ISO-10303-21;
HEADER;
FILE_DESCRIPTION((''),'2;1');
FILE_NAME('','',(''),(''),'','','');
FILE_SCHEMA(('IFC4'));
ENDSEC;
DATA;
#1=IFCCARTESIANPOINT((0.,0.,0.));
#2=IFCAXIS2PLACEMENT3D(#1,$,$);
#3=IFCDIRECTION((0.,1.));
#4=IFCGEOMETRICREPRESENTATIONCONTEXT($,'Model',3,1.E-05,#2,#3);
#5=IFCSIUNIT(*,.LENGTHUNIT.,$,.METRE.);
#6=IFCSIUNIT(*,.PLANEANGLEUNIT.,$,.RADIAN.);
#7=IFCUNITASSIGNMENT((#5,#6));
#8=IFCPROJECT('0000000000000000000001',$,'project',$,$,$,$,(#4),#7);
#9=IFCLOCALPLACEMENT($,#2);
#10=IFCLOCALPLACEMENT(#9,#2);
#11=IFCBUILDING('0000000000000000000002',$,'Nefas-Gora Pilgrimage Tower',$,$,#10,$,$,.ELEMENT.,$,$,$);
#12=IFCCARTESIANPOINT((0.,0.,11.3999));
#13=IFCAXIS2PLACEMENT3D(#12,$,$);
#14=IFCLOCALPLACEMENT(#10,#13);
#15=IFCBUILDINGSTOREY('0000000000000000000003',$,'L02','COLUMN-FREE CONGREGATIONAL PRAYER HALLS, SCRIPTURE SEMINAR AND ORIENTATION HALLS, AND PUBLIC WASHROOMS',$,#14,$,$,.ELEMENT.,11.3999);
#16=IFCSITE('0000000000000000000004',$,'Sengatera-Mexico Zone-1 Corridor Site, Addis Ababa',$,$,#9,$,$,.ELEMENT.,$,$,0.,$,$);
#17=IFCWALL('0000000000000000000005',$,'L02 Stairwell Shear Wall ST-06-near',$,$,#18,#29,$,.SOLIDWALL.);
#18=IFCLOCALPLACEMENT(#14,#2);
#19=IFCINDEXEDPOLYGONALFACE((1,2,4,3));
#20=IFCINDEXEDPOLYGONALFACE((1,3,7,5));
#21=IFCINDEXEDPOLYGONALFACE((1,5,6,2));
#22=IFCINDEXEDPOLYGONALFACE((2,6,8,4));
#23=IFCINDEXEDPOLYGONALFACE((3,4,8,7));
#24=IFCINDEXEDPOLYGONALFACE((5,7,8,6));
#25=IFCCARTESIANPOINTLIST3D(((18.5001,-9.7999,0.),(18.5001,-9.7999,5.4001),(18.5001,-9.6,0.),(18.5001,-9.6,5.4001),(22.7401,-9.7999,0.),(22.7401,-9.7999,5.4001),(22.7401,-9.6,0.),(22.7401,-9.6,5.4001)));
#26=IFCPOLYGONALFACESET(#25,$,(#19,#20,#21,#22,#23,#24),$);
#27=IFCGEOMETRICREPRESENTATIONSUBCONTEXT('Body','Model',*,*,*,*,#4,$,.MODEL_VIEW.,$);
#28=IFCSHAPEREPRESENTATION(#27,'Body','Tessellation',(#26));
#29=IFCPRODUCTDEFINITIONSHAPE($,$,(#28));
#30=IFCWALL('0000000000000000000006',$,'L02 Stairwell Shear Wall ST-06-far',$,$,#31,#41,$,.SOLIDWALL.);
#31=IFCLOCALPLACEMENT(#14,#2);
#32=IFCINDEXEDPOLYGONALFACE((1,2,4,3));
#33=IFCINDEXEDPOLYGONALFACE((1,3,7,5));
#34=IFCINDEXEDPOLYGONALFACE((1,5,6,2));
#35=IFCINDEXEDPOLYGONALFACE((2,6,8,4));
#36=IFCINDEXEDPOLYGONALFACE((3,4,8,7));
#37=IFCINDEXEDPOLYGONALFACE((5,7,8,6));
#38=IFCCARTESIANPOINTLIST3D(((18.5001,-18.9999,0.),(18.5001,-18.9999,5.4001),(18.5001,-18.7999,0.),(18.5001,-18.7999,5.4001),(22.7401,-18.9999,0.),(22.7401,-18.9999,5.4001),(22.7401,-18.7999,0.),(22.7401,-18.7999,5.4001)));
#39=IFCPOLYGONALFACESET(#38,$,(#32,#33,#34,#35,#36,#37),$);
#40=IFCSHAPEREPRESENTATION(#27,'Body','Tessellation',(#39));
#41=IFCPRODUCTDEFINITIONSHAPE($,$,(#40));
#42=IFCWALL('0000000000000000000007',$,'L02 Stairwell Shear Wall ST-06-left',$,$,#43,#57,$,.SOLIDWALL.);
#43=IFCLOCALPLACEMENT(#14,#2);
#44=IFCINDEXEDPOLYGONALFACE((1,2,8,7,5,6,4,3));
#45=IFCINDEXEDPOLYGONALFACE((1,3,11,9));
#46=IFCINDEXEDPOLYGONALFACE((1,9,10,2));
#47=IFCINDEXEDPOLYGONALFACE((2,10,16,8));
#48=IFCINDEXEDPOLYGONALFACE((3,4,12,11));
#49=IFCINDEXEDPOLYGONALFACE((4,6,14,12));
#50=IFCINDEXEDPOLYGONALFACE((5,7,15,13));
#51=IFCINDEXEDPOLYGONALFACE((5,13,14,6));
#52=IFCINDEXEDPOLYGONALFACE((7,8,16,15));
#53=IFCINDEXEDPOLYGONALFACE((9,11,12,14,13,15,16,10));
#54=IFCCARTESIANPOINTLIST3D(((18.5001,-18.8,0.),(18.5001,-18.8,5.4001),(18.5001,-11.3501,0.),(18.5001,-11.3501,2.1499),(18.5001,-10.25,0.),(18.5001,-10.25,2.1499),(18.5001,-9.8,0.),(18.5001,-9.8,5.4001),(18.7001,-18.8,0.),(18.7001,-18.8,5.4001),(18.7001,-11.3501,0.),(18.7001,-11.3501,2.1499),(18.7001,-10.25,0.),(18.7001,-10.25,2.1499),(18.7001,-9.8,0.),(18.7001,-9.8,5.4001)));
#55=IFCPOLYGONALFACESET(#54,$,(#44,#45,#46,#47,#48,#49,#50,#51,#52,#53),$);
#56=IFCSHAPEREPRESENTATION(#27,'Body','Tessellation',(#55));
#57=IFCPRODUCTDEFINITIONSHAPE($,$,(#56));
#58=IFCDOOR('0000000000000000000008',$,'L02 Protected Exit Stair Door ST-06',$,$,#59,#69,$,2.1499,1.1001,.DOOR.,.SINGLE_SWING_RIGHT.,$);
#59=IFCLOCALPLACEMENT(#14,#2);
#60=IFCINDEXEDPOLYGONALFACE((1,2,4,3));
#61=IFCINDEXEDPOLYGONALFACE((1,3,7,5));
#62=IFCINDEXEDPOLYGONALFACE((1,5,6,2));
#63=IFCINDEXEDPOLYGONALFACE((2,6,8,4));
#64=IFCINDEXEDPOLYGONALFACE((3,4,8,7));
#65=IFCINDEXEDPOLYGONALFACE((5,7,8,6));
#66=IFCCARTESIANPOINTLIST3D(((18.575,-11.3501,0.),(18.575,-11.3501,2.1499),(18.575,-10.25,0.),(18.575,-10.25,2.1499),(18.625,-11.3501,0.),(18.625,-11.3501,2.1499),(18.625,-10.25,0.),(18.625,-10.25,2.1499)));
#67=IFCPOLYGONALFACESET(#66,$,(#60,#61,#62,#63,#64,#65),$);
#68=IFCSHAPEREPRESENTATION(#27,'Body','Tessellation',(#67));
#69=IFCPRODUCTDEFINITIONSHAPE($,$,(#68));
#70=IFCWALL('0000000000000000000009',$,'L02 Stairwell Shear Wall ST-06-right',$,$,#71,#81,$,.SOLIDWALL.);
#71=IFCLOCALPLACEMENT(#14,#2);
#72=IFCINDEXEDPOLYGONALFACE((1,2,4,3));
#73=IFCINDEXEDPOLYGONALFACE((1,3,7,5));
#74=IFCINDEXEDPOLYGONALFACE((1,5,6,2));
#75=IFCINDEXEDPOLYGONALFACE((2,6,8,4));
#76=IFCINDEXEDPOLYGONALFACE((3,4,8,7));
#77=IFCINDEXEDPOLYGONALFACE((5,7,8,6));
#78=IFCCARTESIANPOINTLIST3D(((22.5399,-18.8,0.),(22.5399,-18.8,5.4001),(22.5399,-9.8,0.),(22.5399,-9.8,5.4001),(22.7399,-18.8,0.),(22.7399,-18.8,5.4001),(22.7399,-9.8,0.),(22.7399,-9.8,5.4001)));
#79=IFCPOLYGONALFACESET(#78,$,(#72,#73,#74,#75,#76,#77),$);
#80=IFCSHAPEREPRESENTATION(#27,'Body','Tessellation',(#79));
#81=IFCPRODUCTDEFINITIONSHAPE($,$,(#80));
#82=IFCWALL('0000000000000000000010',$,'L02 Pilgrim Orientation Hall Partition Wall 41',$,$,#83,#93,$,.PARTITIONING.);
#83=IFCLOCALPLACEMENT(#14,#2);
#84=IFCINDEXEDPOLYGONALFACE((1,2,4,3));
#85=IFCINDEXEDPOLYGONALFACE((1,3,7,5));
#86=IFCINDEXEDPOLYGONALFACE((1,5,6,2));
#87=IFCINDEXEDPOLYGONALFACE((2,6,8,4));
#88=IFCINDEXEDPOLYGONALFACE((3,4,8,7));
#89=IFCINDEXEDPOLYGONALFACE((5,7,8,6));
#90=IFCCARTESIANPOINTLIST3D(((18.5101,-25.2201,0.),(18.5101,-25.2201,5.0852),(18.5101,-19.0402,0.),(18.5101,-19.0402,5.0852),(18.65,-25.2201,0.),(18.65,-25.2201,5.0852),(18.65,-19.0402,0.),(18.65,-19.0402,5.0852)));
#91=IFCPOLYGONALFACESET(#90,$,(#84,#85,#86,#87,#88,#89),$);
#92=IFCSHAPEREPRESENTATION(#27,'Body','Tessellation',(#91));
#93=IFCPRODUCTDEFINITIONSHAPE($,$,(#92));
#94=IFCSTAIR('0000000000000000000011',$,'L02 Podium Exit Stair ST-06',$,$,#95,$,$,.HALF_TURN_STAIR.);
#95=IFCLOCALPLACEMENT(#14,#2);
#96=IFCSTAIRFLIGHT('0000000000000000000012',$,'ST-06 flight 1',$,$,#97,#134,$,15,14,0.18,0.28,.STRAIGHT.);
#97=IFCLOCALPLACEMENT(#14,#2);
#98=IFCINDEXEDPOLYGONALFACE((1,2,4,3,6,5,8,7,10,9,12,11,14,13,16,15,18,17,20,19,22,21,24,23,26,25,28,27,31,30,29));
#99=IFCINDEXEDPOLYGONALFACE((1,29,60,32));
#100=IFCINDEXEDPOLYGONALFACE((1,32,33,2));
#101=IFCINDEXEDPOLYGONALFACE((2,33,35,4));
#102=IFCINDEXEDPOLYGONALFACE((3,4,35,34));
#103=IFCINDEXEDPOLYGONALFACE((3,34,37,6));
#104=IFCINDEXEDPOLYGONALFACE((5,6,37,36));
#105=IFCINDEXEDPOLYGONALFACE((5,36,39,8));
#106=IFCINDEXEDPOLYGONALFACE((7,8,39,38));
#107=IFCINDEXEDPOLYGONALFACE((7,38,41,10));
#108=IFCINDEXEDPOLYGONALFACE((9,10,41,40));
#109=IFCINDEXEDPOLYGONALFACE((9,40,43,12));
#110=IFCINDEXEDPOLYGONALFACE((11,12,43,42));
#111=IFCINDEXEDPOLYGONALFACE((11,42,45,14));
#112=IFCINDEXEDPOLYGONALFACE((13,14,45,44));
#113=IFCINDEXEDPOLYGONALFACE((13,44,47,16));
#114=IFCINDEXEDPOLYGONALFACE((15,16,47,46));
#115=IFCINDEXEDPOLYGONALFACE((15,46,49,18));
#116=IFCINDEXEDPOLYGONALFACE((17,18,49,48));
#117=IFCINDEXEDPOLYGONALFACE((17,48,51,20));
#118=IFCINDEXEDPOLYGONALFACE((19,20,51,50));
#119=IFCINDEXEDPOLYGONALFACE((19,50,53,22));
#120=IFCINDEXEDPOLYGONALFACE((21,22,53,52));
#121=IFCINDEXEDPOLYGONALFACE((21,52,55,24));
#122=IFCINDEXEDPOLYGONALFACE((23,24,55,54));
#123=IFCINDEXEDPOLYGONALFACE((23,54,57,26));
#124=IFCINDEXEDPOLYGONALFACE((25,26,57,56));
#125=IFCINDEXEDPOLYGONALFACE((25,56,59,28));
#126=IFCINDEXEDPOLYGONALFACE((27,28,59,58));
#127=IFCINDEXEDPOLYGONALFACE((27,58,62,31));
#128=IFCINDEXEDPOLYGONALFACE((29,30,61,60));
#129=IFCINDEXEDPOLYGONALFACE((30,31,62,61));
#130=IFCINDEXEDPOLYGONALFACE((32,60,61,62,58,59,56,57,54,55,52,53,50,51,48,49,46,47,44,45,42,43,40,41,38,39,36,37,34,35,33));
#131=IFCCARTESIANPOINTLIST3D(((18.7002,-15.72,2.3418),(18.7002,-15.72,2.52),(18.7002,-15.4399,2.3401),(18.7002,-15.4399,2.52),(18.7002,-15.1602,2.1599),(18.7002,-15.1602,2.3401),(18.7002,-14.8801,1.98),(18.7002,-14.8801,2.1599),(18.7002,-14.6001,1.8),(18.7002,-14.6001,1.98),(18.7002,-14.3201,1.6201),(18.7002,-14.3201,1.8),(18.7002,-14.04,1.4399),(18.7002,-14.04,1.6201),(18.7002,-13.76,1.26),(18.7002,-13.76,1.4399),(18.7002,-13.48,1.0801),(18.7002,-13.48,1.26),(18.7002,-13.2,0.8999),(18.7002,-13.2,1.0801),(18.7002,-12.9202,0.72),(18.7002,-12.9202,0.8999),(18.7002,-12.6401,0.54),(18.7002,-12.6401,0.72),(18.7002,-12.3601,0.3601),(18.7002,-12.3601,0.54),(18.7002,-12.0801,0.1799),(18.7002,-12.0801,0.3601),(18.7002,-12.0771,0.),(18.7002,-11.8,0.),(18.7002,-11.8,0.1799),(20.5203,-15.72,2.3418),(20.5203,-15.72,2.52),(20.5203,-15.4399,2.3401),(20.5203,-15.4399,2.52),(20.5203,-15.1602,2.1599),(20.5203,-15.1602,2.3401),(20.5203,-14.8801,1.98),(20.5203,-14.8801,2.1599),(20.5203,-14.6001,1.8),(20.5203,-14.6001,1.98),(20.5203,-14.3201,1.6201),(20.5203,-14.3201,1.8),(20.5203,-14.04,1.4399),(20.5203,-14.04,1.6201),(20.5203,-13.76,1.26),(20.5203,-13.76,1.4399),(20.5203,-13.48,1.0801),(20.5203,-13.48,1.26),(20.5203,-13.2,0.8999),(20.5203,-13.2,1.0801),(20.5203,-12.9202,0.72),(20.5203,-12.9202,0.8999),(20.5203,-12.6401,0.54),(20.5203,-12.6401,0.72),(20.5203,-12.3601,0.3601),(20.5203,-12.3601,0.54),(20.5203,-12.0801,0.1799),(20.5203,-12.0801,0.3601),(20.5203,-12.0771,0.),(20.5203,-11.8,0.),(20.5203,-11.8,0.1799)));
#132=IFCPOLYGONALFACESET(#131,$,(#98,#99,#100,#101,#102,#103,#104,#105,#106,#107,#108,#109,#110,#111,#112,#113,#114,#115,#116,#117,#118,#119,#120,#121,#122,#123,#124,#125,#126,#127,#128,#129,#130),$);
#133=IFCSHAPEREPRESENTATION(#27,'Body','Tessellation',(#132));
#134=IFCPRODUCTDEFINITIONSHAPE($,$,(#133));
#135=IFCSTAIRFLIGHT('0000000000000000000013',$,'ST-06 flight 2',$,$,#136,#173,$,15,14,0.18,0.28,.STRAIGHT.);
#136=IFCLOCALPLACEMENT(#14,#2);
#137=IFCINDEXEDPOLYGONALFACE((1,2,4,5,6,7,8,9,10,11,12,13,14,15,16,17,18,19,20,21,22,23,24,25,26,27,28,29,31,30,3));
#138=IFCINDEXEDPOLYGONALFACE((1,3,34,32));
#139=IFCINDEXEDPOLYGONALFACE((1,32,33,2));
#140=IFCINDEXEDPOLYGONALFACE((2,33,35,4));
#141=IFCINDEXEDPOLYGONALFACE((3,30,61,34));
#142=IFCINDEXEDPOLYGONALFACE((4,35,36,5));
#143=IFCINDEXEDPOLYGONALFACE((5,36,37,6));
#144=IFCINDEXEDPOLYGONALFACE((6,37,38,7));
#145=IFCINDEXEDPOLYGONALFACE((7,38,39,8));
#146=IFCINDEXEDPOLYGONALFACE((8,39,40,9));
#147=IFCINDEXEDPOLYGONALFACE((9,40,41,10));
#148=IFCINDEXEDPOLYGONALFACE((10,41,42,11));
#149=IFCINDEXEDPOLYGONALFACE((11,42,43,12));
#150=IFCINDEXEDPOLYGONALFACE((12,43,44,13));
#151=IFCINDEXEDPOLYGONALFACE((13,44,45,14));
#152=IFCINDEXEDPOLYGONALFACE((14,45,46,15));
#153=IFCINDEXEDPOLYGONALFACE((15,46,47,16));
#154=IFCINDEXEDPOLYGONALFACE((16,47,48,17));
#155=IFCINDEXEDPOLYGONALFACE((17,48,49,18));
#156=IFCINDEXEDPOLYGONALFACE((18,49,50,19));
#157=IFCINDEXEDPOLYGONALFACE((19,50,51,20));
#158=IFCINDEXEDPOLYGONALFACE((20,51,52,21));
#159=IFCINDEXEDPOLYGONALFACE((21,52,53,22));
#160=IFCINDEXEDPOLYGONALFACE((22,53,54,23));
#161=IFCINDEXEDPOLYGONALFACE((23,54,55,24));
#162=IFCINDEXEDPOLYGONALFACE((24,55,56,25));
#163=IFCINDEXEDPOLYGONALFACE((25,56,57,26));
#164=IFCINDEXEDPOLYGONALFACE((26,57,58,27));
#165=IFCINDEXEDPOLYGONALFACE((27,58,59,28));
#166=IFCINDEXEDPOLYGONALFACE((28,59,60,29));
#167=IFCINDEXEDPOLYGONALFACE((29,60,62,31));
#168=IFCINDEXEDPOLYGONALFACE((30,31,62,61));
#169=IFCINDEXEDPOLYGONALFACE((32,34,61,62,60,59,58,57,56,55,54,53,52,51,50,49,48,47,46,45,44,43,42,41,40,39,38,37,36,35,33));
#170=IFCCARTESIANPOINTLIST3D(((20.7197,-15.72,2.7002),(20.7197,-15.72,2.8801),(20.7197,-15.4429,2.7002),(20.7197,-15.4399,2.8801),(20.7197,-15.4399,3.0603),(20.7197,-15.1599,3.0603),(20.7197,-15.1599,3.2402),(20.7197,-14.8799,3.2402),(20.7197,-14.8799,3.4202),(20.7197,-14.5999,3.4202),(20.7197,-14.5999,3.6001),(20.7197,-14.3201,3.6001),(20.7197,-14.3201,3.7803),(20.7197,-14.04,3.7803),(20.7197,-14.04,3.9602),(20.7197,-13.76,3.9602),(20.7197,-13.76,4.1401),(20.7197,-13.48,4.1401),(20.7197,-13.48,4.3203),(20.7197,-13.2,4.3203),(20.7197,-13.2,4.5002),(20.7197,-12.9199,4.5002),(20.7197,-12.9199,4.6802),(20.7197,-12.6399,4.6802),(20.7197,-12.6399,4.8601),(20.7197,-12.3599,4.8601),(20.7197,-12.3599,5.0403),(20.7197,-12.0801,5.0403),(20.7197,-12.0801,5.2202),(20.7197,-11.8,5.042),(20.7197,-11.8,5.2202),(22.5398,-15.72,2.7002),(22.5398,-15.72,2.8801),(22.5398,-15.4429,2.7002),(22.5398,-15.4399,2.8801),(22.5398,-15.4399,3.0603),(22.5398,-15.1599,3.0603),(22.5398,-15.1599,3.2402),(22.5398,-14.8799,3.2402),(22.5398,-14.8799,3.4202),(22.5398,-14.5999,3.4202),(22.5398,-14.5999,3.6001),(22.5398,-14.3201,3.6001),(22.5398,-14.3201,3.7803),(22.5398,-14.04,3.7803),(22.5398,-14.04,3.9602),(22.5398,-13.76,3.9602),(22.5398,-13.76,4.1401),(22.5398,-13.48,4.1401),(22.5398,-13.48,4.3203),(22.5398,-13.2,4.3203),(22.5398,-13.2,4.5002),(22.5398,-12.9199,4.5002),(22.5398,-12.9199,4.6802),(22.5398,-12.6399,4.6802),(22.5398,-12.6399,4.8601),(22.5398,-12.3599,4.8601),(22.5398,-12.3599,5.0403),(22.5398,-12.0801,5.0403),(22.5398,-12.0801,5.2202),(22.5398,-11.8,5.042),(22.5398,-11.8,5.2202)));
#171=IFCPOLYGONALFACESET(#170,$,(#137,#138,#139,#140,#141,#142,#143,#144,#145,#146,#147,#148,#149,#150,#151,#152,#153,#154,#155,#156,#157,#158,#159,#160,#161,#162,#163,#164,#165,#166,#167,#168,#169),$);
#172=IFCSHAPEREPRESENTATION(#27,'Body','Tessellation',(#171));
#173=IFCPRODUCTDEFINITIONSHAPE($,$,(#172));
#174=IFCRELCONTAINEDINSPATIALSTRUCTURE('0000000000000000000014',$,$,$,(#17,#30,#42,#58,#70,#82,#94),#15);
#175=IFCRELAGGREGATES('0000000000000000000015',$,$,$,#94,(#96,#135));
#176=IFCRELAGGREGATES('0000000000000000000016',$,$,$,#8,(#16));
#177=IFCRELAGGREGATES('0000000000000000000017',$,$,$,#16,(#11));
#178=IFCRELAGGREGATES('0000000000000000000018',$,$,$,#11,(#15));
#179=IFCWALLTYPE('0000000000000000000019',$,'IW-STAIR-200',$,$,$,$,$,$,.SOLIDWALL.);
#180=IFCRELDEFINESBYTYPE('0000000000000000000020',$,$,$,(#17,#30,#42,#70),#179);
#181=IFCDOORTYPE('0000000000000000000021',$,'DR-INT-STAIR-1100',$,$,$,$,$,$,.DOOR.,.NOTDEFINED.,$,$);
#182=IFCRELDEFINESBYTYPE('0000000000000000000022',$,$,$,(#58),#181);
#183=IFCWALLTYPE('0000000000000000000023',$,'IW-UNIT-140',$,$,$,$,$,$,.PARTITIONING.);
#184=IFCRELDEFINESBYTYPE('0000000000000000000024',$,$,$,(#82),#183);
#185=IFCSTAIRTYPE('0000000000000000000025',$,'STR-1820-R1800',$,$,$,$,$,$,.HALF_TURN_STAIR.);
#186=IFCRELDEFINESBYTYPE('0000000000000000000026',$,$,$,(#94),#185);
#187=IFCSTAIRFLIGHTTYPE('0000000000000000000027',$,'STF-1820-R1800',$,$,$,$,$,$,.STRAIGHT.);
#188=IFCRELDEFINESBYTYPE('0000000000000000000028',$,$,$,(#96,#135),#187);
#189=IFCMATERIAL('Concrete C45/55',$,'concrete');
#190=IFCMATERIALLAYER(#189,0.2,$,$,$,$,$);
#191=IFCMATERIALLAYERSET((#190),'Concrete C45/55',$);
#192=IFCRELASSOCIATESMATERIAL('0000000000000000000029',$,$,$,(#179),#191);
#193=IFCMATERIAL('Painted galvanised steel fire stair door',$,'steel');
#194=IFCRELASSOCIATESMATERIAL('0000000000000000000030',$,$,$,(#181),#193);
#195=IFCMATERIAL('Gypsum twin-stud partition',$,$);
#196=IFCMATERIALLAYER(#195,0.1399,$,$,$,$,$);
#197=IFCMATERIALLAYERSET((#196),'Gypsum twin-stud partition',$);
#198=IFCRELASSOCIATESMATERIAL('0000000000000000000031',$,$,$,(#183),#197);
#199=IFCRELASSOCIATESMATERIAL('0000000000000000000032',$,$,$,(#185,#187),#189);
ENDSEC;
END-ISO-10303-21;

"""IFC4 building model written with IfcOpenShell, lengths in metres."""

from ifc_helpers import new_model, si_unit, direction, frame, frame_2d, origin, place, context, subcontext, project, spatial, polyline, rectangle, outline, extrude, source, transform, mapped, material, layer, layer_set, type_object, element, fill, aggregate, save


model = new_model("IFC4")

# Units and contexts
model_context = context("Model", 3, precision=1e-05, world=origin(), true_north=direction((0.0, 1.0)))
body_context = subcontext(model_context, "Body", "Model", "MODEL_VIEW")
ifc_project = project(units=[si_unit("LENGTHUNIT", "METRE"), si_unit("PLANEANGLEUNIT", "RADIAN")], contexts=[model_context])

# Site, building, storey
site_placement = place(None, origin())
site = spatial("IfcSite", under=ifc_project, at=site_placement, Name="Sengatera-Mexico Zone-1 Corridor Site, Addis Ababa", CompositionType="ELEMENT", RefElevation=0.0)
building_placement = place(site_placement, origin())
building = spatial("IfcBuilding", under=site, at=building_placement, Name="Nefas-Gora Pilgrimage Tower", CompositionType="ELEMENT")
storey_placement = place(building_placement, frame((0.0, 0.0, 11.3999)))
storey = spatial("IfcBuildingStorey", under=building, at=storey_placement, Name="L02", Description="COLUMN-FREE CONGREGATIONAL PRAYER HALLS, SCRIPTURE SEMINAR AND ORIENTATION HALLS, AND PUBLIC WASHROOMS", CompositionType="ELEMENT", Elevation=11.3999)

# Walls
ifc_material_1 = material(Name="Concrete C45/55", Category="concrete")
ifc_layer_1 = layer(ifc_material_1, 0.2)
ifc_layer_set_1 = layer_set([ifc_layer_1], Name="Concrete C45/55")
wall_type_1 = type_object("IfcWallType", Name="IW-STAIR-200", PredefinedType="SOLIDWALL", material=ifc_layer_set_1)
shared_shape_1 = source(origin(), body_context, "Body", "SweptSolid", [
    extrude(rectangle(XDim=4.24, YDim=0.2, at=frame_2d((2.1201, 0.0))), origin(), (0.0, 0.0, 1.0), 5.4001),
])
for number, where, z_axis, x_axis, name in (
    (1, (18.5, -9.7, 0.0), (0.0, 0.0, 1.0), (1.0, 0.0, 0.0), "L02 Stairwell Shear Wall ST-06-near"),
    (2, (18.5, -18.8999, 0.0), (0.0, 0.0, 1.0), (1.0, 0.0, 0.0), "L02 Stairwell Shear Wall ST-06-far"),
):
    element("IfcWall", number, at=place(storey_placement, frame(where, z_axis=z_axis, x_axis=x_axis)), inside=storey, type_object=wall_type_1, Name=name, PredefinedType="SOLIDWALL", context=body_context, shape_type="MappedRepresentation", body=[
        mapped(shared_shape_1, transform((0.0, 0.0, 0.0), x_axis=(1.0, 0.0, 0.0), y_axis=(0.0, 1.0, 0.0), z_axis=(0.0, 0.0, 1.0), scale=1.0)),
    ])

# Wall, opening, door
shared_shape_2 = source(origin(), body_context, "Body", "SweptSolid", [
    extrude(rectangle(XDim=9.0, YDim=0.2, at=frame_2d((4.5, 0.0))), origin(), (0.0, 0.0, 1.0), 5.4001),
])
wall_1_placement = place(storey_placement, frame((18.6001, -9.8, 0.0), z_axis=(0.0, 0.0, 1.0), x_axis=(0.0, -1.0, 0.0)))
wall_1 = element("IfcWall", 3, at=wall_1_placement, inside=storey, type_object=wall_type_1, Name="L02 Stairwell Shear Wall ST-06-left", PredefinedType="SOLIDWALL", context=body_context, shape_type="MappedRepresentation", body=[
    mapped(shared_shape_2, transform((0.0, 0.0, 0.0), x_axis=(1.0, 0.0, 0.0), y_axis=(0.0, 1.0, 0.0), z_axis=(0.0, 0.0, 1.0), scale=1.0)),
])
opening_1_placement = place(wall_1_placement, frame((0.45, 0.0, 0.0)))
opening_1 = element("IfcOpeningElement", 4, at=opening_1_placement, cuts=wall_1, PredefinedType="OPENING", context=body_context, shape_type="SweptSolid", body=[
    extrude(rectangle(XDim=1.1001, YDim=2.1499, at=frame_2d((0.55, 1.075))), frame((0.0, 0.1099, 0.0), z_axis=(0.0, -1.0, 0.0), x_axis=(1.0, 0.0, 0.0)), (0.0, 0.0, 1.0), 0.22),
])
ifc_material_2 = material(Name="Painted galvanised steel fire stair door", Category="steel")
door_type_1 = type_object("IfcDoorType", Name="DR-INT-STAIR-1100", OperationType="NOTDEFINED", PredefinedType="DOOR", material=ifc_material_2)
shared_shape_3 = source(origin(), body_context, "Body", "SweptSolid", [
    extrude(rectangle(XDim=1.1001, YDim=2.1499, at=frame_2d((0.55, 1.075))), frame((0.0, 0.0249, 0.0), z_axis=(0.0, -1.0, 0.0), x_axis=(1.0, 0.0, 0.0)), (0.0, 0.0, 1.0), 0.05),
])
door_1_placement = place(opening_1_placement, origin())
door_1 = element("IfcDoor", 5, at=door_1_placement, inside=storey, type_object=door_type_1, Name="L02 Protected Exit Stair Door ST-06", OperationType="SINGLE_SWING_RIGHT", OverallHeight=2.1499, OverallWidth=1.1001, PredefinedType="DOOR", context=body_context, shape_type="MappedRepresentation", body=[
    mapped(shared_shape_3, transform((0.0, 0.0, 0.0), x_axis=(1.0, 0.0, 0.0), y_axis=(0.0, 1.0, 0.0), z_axis=(0.0, 0.0, 1.0), scale=1.0)),
])
fill(opening_1, door_1)

# Wall
wall_2_placement = place(storey_placement, frame((22.6399, -9.8, 0.0), z_axis=(0.0, 0.0, 1.0), x_axis=(0.0, -1.0, 0.0)))
element("IfcWall", 6, at=wall_2_placement, inside=storey, type_object=wall_type_1, Name="L02 Stairwell Shear Wall ST-06-right", PredefinedType="SOLIDWALL", context=body_context, shape_type="MappedRepresentation", body=[
    mapped(shared_shape_2, transform((0.0, 0.0, 0.0), x_axis=(1.0, 0.0, 0.0), y_axis=(0.0, 1.0, 0.0), z_axis=(0.0, 0.0, 1.0), scale=1.0)),
])

# Wall
ifc_material_3 = material(Name="Gypsum twin-stud partition")
ifc_layer_2 = layer(ifc_material_3, 0.1399)
ifc_layer_set_2 = layer_set([ifc_layer_2], Name="Gypsum twin-stud partition")
wall_type_2 = type_object("IfcWallType", Name="IW-UNIT-140", PredefinedType="PARTITIONING", material=ifc_layer_set_2)
shared_shape_4 = source(origin(), body_context, "Body", "SweptSolid", [
    extrude(rectangle(XDim=6.1799, YDim=0.1399, at=frame_2d((3.0898, 0.0))), origin(), (0.0, 0.0, 1.0), 5.0852),
])
wall_3_placement = place(storey_placement, frame((18.5801, -25.22, 0.0), z_axis=(0.0, 0.0, 1.0), x_axis=(0.0, 1.0, 0.0)))
element("IfcWall", 7, at=wall_3_placement, inside=storey, type_object=wall_type_2, Name="L02 Pilgrim Orientation Hall Partition Wall 41", PredefinedType="PARTITIONING", context=body_context, shape_type="MappedRepresentation", body=[
    mapped(shared_shape_4, transform((0.0, 0.0, 0.0), x_axis=(1.0, 0.0, 0.0), y_axis=(0.0, 1.0, 0.0), z_axis=(0.0, 0.0, 1.0), scale=1.0)),
])

# Stair, stair flights
stair_type = type_object("IfcStairType", Name="STR-1820-R1800", PredefinedType="HALF_TURN_STAIR", material=ifc_material_1)
stair_placement = place(storey_placement, origin())
stair = element("IfcStair", 8, at=stair_placement, inside=storey, type_object=stair_type, Name="L02 Podium Exit Stair ST-06", PredefinedType="HALF_TURN_STAIR")
stair_flight_type = type_object("IfcStairFlightType", Name="STF-1820-R1800", PredefinedType="STRAIGHT", material=ifc_material_1)
shared_shape_5 = source(origin(), body_context, "Body", "SweptSolid", [
    extrude(outline(polyline([(0.0, 0.0), (0.0, 0.1799), (0.28, 0.1799), (0.28, 0.3601), (0.5601, 0.3601), (0.5601, 0.54), (0.8401, 0.54), (0.8401, 0.72), (1.1201, 0.72), (1.1201, 0.8999), (1.3999, 0.8999), (1.3999, 1.0801), (1.6799, 1.0801), (1.6799, 1.26), (1.96, 1.26), (1.96, 1.4399), (2.24, 1.4399), (2.24, 1.6201), (2.52, 1.6201), (2.52, 1.8), (2.8, 1.8), (2.8, 1.98), (3.0801, 1.98), (3.0801, 2.1599), (3.3601, 2.1599), (3.3601, 2.3401), (3.6399, 2.3401), (3.6399, 2.52), (3.9199, 2.52), (3.9199, 2.7), (3.9199, 2.3418), (0.2771, 0.0), (0.0, 0.0)])), frame((0.0, 0.9102, 0.0), z_axis=(0.0, -1.0, 0.0), x_axis=(1.0, 0.0, 0.0)), (0.0, 0.0, 1.0), 1.8201),
])
stair_flight_1_placement = place(storey_placement, frame((19.6101, -11.8, 0.0), z_axis=(0.0, 0.0, 1.0), x_axis=(0.0, -1.0, 0.0)))
stair_flight_1 = element("IfcStairFlight", 9, at=stair_flight_1_placement, type_object=stair_flight_type, Name="ST-06 flight 1", NumberOfRisers=15, NumberOfTreads=14, PredefinedType="STRAIGHT", RiserHeight=0.18, TreadLength=0.28, context=body_context, shape_type="MappedRepresentation", body=[
    mapped(shared_shape_5, transform((0.0, 0.0, 0.0), x_axis=(1.0, 0.0, 0.0), y_axis=(0.0, 1.0, 0.0), z_axis=(0.0, 0.0, 1.0), scale=1.0)),
])
stair_flight_2_placement = place(storey_placement, frame((21.6299, -15.72, 2.7002), z_axis=(0.0, 0.0, 1.0), x_axis=(0.0, 1.0, 0.0)))
stair_flight_2 = element("IfcStairFlight", 10, at=stair_flight_2_placement, type_object=stair_flight_type, Name="ST-06 flight 2", NumberOfRisers=15, NumberOfTreads=14, PredefinedType="STRAIGHT", RiserHeight=0.18, TreadLength=0.28, context=body_context, shape_type="MappedRepresentation", body=[
    mapped(shared_shape_5, transform((0.0, 0.0, 0.0), x_axis=(1.0, 0.0, 0.0), y_axis=(0.0, 1.0, 0.0), z_axis=(0.0, 0.0, 1.0), scale=1.0)),
])
aggregate(stair, [stair_flight_1, stair_flight_2])

save(model, "model.ifc")
